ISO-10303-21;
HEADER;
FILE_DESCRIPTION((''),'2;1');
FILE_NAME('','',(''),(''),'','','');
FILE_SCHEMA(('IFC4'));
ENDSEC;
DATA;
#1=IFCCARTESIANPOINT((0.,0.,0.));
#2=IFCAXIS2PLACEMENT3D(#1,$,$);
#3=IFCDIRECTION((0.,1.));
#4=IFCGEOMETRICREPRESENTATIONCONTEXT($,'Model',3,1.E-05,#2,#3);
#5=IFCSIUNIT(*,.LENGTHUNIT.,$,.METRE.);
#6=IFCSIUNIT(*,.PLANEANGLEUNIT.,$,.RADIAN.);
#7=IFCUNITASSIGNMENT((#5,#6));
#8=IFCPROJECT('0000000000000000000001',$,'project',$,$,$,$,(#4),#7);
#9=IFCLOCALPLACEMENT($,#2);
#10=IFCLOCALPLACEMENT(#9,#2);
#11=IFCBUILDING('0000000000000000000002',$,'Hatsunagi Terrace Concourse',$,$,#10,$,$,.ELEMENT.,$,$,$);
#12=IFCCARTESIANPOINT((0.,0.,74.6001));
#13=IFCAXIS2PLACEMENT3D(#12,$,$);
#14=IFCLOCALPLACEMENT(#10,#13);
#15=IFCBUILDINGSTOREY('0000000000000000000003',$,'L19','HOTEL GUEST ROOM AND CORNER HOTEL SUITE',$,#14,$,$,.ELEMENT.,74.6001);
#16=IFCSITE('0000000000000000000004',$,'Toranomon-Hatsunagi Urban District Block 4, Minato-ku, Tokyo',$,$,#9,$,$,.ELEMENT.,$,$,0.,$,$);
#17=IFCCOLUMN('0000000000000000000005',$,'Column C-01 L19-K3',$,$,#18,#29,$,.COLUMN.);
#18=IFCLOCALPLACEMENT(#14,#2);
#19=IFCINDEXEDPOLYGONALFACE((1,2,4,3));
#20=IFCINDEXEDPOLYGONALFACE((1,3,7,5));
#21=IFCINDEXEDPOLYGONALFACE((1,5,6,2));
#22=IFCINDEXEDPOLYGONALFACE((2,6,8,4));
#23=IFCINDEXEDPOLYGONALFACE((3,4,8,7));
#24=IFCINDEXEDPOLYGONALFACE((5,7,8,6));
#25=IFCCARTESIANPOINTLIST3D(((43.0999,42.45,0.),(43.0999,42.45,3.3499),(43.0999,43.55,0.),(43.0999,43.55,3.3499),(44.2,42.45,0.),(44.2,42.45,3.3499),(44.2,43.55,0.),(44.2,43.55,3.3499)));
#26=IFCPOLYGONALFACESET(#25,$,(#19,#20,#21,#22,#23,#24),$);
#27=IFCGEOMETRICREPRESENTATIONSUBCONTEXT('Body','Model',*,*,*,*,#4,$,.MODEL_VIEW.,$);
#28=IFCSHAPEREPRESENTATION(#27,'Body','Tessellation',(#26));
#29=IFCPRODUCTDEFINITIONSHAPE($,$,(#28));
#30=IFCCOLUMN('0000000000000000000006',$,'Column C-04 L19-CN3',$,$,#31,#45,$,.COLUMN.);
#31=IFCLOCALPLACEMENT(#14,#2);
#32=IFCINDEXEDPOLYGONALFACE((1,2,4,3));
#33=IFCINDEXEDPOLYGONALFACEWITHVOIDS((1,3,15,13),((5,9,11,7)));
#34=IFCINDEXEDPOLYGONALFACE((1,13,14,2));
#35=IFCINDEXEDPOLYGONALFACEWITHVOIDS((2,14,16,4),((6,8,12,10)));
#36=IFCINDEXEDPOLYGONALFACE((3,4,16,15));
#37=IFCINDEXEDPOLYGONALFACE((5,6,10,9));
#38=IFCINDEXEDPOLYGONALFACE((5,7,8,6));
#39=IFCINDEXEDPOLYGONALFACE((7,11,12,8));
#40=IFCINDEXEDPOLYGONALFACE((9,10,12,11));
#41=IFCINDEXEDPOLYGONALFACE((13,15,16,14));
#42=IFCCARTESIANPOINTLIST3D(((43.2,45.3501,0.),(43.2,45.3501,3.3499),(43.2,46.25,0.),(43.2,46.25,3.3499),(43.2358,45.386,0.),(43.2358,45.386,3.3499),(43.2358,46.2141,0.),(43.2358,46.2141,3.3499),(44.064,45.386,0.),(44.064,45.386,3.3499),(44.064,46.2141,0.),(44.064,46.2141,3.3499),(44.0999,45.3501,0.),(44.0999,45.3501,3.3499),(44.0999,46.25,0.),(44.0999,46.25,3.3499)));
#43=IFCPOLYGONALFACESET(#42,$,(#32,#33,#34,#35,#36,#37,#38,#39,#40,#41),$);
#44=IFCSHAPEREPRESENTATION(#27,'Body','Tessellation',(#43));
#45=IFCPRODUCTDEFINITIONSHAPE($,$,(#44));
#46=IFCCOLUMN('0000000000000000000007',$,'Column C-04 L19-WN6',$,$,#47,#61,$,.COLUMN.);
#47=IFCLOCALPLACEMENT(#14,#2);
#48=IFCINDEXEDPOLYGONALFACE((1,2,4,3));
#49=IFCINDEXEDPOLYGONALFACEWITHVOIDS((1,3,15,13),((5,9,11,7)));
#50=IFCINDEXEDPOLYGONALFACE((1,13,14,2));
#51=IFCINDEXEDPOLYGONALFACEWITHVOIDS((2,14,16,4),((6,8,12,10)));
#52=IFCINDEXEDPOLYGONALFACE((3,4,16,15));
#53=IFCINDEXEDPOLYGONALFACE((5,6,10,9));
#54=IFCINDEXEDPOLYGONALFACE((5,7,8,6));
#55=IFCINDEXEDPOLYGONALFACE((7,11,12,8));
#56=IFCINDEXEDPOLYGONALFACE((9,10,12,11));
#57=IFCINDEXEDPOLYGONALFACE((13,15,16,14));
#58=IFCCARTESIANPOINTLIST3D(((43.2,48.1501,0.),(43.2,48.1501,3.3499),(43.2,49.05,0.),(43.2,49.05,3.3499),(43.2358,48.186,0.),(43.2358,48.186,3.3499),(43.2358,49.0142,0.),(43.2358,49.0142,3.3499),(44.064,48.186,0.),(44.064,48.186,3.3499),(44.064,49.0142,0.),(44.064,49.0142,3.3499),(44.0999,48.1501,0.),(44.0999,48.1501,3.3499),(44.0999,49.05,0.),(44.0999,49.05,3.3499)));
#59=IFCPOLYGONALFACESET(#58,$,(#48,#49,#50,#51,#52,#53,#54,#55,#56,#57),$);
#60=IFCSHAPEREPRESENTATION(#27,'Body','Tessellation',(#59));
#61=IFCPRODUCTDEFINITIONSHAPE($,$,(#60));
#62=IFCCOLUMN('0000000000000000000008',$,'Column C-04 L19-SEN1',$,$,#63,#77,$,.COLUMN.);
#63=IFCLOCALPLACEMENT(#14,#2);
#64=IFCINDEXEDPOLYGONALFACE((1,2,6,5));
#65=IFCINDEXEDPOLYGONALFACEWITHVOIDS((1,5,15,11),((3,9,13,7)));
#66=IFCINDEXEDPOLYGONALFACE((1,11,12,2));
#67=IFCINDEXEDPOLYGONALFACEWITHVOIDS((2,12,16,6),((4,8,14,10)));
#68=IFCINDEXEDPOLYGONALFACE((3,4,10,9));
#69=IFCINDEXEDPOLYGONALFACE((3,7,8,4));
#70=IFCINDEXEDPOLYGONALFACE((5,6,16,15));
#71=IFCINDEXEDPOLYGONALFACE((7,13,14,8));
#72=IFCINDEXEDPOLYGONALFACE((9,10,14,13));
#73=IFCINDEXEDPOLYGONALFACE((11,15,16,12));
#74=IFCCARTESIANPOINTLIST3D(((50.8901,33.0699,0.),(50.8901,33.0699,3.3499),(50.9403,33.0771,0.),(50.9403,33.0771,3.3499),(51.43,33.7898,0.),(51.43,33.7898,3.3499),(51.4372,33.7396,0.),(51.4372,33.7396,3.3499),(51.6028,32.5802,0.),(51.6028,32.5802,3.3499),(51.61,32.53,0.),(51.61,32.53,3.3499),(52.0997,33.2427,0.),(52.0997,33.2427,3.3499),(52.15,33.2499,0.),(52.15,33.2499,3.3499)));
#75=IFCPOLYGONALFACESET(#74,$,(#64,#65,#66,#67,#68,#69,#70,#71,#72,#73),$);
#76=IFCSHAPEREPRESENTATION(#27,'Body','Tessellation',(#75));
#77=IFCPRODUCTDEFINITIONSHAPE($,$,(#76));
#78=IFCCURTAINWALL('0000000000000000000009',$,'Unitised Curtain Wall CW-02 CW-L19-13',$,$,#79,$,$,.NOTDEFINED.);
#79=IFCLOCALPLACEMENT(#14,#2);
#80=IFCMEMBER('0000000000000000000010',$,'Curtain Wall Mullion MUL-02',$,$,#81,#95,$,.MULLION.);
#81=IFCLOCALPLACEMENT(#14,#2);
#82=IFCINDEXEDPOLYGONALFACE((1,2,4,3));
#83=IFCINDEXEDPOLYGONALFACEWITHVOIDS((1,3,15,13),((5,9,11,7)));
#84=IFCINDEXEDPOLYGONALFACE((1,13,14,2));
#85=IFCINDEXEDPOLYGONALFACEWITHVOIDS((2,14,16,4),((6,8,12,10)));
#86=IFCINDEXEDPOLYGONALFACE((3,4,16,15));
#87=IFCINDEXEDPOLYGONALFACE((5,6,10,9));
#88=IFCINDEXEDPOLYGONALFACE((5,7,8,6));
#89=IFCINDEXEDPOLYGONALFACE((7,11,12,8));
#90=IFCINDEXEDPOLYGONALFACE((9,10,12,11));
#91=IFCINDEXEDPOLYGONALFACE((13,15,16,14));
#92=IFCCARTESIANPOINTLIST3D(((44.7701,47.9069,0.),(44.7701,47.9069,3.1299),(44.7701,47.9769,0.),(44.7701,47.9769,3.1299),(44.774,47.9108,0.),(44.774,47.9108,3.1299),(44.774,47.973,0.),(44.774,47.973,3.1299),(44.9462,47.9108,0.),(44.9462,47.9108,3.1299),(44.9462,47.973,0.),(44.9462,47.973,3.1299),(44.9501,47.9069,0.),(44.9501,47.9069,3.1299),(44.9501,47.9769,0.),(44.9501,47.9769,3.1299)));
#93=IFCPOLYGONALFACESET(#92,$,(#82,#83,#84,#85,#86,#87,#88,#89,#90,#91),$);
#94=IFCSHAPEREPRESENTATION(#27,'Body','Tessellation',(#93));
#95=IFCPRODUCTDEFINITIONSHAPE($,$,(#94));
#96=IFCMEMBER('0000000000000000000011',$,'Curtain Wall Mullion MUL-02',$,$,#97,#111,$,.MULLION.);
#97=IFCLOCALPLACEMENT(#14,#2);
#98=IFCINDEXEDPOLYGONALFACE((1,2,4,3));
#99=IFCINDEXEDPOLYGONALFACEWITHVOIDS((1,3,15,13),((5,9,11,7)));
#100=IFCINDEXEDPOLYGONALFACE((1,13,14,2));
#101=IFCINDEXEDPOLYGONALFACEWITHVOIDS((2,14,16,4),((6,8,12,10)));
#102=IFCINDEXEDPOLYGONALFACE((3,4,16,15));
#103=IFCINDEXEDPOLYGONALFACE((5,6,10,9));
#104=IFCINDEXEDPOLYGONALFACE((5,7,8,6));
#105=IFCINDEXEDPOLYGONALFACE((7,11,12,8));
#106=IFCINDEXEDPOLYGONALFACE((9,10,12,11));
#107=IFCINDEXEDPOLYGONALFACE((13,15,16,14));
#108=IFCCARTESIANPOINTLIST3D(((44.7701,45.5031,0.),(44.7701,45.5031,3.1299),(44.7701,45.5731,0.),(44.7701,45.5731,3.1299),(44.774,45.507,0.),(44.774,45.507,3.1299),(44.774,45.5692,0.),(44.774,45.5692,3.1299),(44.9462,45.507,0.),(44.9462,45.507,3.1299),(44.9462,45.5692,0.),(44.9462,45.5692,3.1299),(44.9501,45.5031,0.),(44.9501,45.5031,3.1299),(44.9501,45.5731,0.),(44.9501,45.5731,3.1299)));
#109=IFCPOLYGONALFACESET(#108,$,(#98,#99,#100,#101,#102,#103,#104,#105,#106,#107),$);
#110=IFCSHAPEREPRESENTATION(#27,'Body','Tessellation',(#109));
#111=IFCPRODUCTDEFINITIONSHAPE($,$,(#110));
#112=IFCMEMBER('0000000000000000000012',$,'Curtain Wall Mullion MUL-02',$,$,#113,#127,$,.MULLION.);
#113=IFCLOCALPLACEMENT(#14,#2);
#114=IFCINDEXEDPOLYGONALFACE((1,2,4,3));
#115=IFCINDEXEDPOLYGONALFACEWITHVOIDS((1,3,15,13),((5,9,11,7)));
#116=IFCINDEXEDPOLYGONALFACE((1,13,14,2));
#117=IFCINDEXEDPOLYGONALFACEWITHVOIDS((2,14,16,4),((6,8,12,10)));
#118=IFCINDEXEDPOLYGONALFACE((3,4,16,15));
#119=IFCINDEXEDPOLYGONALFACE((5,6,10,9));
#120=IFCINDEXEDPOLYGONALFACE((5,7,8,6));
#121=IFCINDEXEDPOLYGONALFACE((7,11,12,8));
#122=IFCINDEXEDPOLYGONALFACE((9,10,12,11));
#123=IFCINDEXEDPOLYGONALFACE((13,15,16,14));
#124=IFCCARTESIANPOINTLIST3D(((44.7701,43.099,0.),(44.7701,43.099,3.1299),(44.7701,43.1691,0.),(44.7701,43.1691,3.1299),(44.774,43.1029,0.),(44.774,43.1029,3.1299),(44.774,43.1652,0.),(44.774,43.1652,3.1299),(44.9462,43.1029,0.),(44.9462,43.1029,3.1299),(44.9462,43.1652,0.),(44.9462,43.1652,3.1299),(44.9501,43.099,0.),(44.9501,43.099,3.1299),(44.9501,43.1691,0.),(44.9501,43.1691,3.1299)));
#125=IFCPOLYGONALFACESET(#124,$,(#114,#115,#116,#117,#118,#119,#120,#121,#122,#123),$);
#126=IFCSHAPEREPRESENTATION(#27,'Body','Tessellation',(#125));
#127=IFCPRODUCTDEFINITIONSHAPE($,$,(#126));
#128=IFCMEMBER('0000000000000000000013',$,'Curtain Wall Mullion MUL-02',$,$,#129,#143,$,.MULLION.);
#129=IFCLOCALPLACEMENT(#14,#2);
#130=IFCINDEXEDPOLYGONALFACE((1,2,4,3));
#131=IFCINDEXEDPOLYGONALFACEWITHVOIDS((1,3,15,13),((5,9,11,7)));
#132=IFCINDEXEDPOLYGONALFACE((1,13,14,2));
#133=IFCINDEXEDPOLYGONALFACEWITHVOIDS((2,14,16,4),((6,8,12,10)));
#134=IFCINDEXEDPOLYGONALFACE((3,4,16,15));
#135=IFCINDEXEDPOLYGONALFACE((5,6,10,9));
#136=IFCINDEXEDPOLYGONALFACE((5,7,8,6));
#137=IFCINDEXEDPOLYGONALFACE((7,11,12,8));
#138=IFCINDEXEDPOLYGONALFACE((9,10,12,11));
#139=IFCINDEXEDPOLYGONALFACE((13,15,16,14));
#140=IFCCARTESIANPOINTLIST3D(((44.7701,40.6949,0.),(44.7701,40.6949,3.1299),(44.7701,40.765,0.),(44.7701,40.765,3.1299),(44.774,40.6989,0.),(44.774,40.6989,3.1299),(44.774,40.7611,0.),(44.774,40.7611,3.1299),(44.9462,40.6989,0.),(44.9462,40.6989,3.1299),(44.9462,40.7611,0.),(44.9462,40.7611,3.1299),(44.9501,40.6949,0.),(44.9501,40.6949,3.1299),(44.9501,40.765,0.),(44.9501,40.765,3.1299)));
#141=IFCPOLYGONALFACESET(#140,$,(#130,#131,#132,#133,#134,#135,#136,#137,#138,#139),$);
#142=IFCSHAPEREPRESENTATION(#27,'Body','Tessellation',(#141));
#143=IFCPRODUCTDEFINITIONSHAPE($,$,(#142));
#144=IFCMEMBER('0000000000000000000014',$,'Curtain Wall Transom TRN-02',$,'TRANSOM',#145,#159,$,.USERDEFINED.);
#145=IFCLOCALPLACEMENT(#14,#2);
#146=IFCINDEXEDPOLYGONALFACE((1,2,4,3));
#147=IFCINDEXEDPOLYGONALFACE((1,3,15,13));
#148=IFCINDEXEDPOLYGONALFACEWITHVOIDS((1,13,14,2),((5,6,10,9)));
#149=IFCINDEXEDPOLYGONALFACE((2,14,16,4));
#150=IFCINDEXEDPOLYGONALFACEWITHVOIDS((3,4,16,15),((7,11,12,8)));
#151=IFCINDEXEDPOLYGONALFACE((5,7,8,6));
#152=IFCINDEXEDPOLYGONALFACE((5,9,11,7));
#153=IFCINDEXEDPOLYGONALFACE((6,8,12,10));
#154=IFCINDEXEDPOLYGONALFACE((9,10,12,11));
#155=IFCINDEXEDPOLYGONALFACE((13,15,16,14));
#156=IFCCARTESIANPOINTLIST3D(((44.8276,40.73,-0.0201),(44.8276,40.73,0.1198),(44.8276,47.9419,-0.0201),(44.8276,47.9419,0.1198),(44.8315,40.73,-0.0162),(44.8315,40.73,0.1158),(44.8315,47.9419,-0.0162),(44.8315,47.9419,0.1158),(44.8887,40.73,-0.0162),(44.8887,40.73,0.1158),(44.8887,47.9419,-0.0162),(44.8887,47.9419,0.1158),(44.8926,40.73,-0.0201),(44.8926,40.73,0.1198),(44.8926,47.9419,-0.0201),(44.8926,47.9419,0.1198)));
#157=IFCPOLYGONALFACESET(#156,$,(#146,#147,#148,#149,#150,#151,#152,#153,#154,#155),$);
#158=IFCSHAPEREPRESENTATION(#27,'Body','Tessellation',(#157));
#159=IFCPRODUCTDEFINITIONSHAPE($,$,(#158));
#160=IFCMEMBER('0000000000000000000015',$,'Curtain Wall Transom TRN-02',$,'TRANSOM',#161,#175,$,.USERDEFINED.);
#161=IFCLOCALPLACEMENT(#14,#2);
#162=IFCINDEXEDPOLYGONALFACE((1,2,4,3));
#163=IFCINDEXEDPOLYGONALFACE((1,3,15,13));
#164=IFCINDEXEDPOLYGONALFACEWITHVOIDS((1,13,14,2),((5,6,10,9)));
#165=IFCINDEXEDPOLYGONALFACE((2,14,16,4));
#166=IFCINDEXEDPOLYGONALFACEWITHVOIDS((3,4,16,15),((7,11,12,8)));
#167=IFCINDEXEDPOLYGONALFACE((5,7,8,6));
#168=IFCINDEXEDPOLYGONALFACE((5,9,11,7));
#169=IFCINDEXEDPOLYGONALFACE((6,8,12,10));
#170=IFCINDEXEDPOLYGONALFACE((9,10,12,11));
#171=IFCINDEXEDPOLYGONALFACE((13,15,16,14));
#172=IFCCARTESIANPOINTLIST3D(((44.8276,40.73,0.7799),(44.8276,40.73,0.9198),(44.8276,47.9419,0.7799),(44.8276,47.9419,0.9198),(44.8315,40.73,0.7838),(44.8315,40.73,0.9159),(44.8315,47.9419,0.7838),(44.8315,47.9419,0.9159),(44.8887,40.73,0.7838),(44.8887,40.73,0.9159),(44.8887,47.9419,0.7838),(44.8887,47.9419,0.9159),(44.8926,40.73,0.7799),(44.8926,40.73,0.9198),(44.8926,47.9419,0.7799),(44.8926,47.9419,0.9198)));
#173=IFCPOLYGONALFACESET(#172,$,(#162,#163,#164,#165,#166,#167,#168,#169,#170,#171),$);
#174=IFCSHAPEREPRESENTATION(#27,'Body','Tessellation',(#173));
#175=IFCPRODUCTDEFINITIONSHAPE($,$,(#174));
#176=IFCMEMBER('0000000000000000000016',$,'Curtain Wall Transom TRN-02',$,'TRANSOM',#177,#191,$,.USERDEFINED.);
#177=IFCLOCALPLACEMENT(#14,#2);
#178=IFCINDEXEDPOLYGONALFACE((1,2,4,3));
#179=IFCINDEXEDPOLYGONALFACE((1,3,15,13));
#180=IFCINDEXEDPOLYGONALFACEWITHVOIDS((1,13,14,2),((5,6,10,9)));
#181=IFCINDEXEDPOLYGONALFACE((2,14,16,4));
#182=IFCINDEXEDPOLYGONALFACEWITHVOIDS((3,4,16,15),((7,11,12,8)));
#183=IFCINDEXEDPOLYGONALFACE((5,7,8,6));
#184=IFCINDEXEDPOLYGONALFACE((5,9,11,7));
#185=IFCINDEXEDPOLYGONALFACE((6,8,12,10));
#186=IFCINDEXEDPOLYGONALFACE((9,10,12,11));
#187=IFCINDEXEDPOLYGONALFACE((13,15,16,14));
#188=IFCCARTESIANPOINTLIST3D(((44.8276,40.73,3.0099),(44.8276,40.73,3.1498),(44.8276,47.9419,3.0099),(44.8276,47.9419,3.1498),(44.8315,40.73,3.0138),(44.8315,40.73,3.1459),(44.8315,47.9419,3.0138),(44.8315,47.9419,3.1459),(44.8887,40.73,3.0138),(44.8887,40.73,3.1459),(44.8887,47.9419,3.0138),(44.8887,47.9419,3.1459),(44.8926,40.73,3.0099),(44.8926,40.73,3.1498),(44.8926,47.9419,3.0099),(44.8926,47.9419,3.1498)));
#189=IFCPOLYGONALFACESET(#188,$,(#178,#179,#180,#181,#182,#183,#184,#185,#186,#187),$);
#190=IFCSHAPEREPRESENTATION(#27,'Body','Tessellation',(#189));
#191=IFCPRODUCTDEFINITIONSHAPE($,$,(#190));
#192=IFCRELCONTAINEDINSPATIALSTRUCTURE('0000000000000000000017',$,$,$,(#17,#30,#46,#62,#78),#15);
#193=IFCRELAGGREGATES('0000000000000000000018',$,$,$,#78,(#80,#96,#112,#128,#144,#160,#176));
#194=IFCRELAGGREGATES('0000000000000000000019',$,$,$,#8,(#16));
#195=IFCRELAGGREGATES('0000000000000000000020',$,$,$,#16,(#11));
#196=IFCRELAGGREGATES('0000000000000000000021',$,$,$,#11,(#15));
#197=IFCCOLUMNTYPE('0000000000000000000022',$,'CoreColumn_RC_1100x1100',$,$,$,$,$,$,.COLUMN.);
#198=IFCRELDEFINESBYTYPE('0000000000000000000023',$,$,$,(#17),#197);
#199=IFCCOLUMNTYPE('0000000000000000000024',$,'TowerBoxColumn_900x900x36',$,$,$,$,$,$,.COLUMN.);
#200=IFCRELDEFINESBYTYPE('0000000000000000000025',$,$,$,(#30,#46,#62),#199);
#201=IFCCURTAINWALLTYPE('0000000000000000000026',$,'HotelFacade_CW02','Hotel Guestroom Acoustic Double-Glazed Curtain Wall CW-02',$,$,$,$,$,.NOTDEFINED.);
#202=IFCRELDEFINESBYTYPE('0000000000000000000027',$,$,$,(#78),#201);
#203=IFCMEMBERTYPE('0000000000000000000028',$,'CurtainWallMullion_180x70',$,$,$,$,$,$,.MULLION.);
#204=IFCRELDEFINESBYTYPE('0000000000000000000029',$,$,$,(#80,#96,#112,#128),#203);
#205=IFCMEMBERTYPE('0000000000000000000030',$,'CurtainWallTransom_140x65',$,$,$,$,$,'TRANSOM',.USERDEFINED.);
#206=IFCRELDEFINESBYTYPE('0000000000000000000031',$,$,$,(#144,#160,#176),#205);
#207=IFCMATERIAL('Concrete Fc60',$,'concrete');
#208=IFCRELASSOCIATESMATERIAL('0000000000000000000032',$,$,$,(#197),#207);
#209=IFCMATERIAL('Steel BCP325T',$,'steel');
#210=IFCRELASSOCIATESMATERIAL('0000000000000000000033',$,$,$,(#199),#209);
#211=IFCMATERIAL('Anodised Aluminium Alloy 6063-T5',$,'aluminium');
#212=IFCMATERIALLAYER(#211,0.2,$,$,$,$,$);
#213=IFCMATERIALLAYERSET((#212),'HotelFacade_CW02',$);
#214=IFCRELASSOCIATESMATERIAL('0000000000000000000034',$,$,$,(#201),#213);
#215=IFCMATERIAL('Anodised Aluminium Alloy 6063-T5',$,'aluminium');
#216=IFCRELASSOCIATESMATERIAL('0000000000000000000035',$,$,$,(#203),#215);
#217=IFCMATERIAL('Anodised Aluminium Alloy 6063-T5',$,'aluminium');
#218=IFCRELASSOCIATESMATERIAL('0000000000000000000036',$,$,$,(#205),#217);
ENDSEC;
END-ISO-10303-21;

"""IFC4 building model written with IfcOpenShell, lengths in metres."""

from ifc_helpers import new_model, si_unit, direction, frame, origin, origin_2d, place, context, subcontext, project, spatial, rectangle, hollow_rectangle, extrude, material, layer, layer_set, material_profile, profile_set, type_object, element, aggregate, save


model = new_model("IFC4")

# Units and contexts
model_context = context("Model", 3, precision=1e-05, world=origin(), true_north=direction((0.0, 1.0)))
body_context = subcontext(model_context, "Body", "Model", "MODEL_VIEW")
ifc_project = project(units=[si_unit("LENGTHUNIT", "METRE"), si_unit("PLANEANGLEUNIT", "RADIAN")], contexts=[model_context])

# Site, building, storey
site_placement = place(None, origin())
site = spatial("IfcSite", under=ifc_project, at=site_placement, Name="Toranomon-Hatsunagi Urban District Block 4, Minato-ku, Tokyo", CompositionType="ELEMENT", RefElevation=0.0)
building_placement = place(site_placement, origin())
building = spatial("IfcBuilding", under=site, at=building_placement, Name="Hatsunagi Terrace Concourse", CompositionType="ELEMENT")
storey_placement = place(building_placement, frame((0.0, 0.0, 74.6001)))
storey = spatial("IfcBuildingStorey", under=building, at=storey_placement, Name="L19", Description="HOTEL GUEST ROOM AND CORNER HOTEL SUITE", CompositionType="ELEMENT", Elevation=74.6001)

# Columns
ifc_material_1 = material(Name="Concrete Fc60", Category="concrete")
ifc_material_profile_1 = material_profile(ifc_material_1, rectangle(XDim=1.1001, YDim=1.1001, at=origin_2d()), Name="RC-1100x1100")
ifc_profile_set_1 = profile_set([ifc_material_profile_1], Name="Concrete Fc60")
column_type_1 = type_object("IfcColumnType", Name="CoreColumn_RC_1100x1100", PredefinedType="COLUMN", material=ifc_profile_set_1)
column_placement = place(storey_placement, frame((43.6499, 43.0, 0.0), z_axis=(0.0, 0.0, 1.0), x_axis=(1.0, 0.0, 0.0)))
element("IfcColumn", 1, at=column_placement, inside=storey, type_object=column_type_1, Name="Column C-01 L19-K3", PredefinedType="COLUMN", context=body_context, shape_type="SweptSolid", body=[
    extrude(rectangle(XDim=1.1001, YDim=1.1001, at=origin_2d()), origin(), (0.0, 0.0, 1.0), 3.3499),
])
ifc_material_2 = material(Name="Steel BCP325T", Category="steel")
ifc_material_profile_2 = material_profile(ifc_material_2, hollow_rectangle(XDim=0.8999, YDim=0.8999, WallThickness=0.0359, at=origin_2d()), Name="BCP-900x900x36")
ifc_profile_set_2 = profile_set([ifc_material_profile_2], Name="Steel BCP325T")
column_type_2 = type_object("IfcColumnType", Name="TowerBoxColumn_900x900x36", PredefinedType="COLUMN", material=ifc_profile_set_2)
for number, where, z_axis, x_axis, name in (
    (2, (43.6499, 45.8, 0.0), (0.0, 0.0, 1.0), (1.0, 0.0, 0.0), "Column C-04 L19-CN3"),
    (3, (43.6499, 48.6001, 0.0), (0.0, 0.0, 1.0), (1.0, 0.0, 0.0), "Column C-04 L19-WN6"),
    (4, (51.52, 33.1599, 0.0), (0.0, 0.0, 1.0), (0.8, -0.6, 0.0), "Column C-04 L19-SEN1"),
):
    element("IfcColumn", number, at=place(storey_placement, frame(where, z_axis=z_axis, x_axis=x_axis)), inside=storey, type_object=column_type_2, Name=name, PredefinedType="COLUMN", context=body_context, shape_type="SweptSolid", body=[
        extrude(hollow_rectangle(XDim=0.8999, YDim=0.8999, WallThickness=0.0359, at=origin_2d()), origin(), (0.0, 0.0, 1.0), 3.3499),
    ])

# Curtain wall, members
ifc_material_3 = material(Name="Anodised Aluminium Alloy 6063-T5", Category="aluminium")
ifc_layer_1 = layer(ifc_material_3, 0.2)
ifc_layer_set_1 = layer_set([ifc_layer_1], Name="HotelFacade_CW02")
curtain_wall_type = type_object("IfcCurtainWallType", Name="HotelFacade_CW02", Description="Hotel Guestroom Acoustic Double-Glazed Curtain Wall CW-02", PredefinedType="NOTDEFINED", material=ifc_layer_set_1)
curtain_wall_placement = place(storey_placement, origin())
curtain_wall = element("IfcCurtainWall", 5, at=curtain_wall_placement, inside=storey, type_object=curtain_wall_type, Name="Unitised Curtain Wall CW-02 CW-L19-13", PredefinedType="NOTDEFINED")
ifc_material_4 = material(Name="Anodised Aluminium Alloy 6063-T5", Category="aluminium")
ifc_material_profile_3 = material_profile(ifc_material_4, hollow_rectangle(XDim=0.0701, YDim=0.1799, WallThickness=0.0039, at=origin_2d()), Name="ALU-MUL-180x70x4")
ifc_profile_set_3 = profile_set([ifc_material_profile_3], Name="Anodised Aluminium Alloy 6063-T5")
member_type_1 = type_object("IfcMemberType", Name="CurtainWallMullion_180x70", PredefinedType="MULLION", material=ifc_profile_set_3)
member_1_placement = place(storey_placement, frame((44.8601, 47.9419, 0.0), z_axis=(0.0, 0.0, 1.0), x_axis=(0.0, -1.0, 0.0)))
member_1 = element("IfcMember", 6, at=member_1_placement, type_object=member_type_1, Name="Curtain Wall Mullion MUL-02", PredefinedType="MULLION", context=body_context, shape_type="SweptSolid", body=[
    extrude(hollow_rectangle(XDim=0.0701, YDim=0.1799, WallThickness=0.0039, at=origin_2d()), origin(), (0.0, 0.0, 1.0), 3.1299),
])
member_2_placement = place(storey_placement, frame((44.8601, 45.5381, 0.0), z_axis=(0.0, 0.0, 1.0), x_axis=(0.0, -1.0, 0.0)))
member_2 = element("IfcMember", 7, at=member_2_placement, type_object=member_type_1, Name="Curtain Wall Mullion MUL-02", PredefinedType="MULLION", context=body_context, shape_type="SweptSolid", body=[
    extrude(hollow_rectangle(XDim=0.0701, YDim=0.1799, WallThickness=0.0039, at=origin_2d()), origin(), (0.0, 0.0, 1.0), 3.1299),
])
member_3_placement = place(storey_placement, frame((44.8601, 43.134, 0.0), z_axis=(0.0, 0.0, 1.0), x_axis=(0.0, -1.0, 0.0)))
member_3 = element("IfcMember", 8, at=member_3_placement, type_object=member_type_1, Name="Curtain Wall Mullion MUL-02", PredefinedType="MULLION", context=body_context, shape_type="SweptSolid", body=[
    extrude(hollow_rectangle(XDim=0.0701, YDim=0.1799, WallThickness=0.0039, at=origin_2d()), origin(), (0.0, 0.0, 1.0), 3.1299),
])
member_4_placement = place(storey_placement, frame((44.8601, 40.73, 0.0), z_axis=(0.0, 0.0, 1.0), x_axis=(0.0, -1.0, 0.0)))
member_4 = element("IfcMember", 9, at=member_4_placement, type_object=member_type_1, Name="Curtain Wall Mullion MUL-02", PredefinedType="MULLION", context=body_context, shape_type="SweptSolid", body=[
    extrude(hollow_rectangle(XDim=0.0701, YDim=0.1799, WallThickness=0.0039, at=origin_2d()), origin(), (0.0, 0.0, 1.0), 3.1299),
])
ifc_material_5 = material(Name="Anodised Aluminium Alloy 6063-T5", Category="aluminium")
ifc_material_profile_4 = material_profile(ifc_material_5, hollow_rectangle(XDim=0.0649, YDim=0.1399, WallThickness=0.0039, at=origin_2d()), Name="ALU-TRN-140x65x4")
ifc_profile_set_4 = profile_set([ifc_material_profile_4], Name="Anodised Aluminium Alloy 6063-T5")
member_type_2 = type_object("IfcMemberType", Name="CurtainWallTransom_140x65", ElementType="TRANSOM", PredefinedType="USERDEFINED", material=ifc_profile_set_4)
member_5_placement = place(storey_placement, frame((44.8601, 47.9419, 0.0498), z_axis=(0.0, -1.0, 0.0), x_axis=(1.0, 0.0, 0.0)))
member_5 = element("IfcMember", 10, at=member_5_placement, type_object=member_type_2, Name="Curtain Wall Transom TRN-02", ObjectType="TRANSOM", PredefinedType="USERDEFINED", context=body_context, shape_type="SweptSolid", body=[
    extrude(hollow_rectangle(XDim=0.0649, YDim=0.1399, WallThickness=0.0039, at=origin_2d()), origin(), (0.0, 0.0, 1.0), 7.2119),
])
member_6_placement = place(storey_placement, frame((44.8601, 47.9419, 0.8499), z_axis=(0.0, -1.0, 0.0), x_axis=(1.0, 0.0, 0.0)))
member_6 = element("IfcMember", 11, at=member_6_placement, type_object=member_type_2, Name="Curtain Wall Transom TRN-02", ObjectType="TRANSOM", PredefinedType="USERDEFINED", context=body_context, shape_type="SweptSolid", body=[
    extrude(hollow_rectangle(XDim=0.0649, YDim=0.1399, WallThickness=0.0039, at=origin_2d()), origin(), (0.0, 0.0, 1.0), 7.2119),
])
member_7_placement = place(storey_placement, frame((44.8601, 47.9419, 3.0798), z_axis=(0.0, -1.0, 0.0), x_axis=(1.0, 0.0, 0.0)))
member_7 = element("IfcMember", 12, at=member_7_placement, type_object=member_type_2, Name="Curtain Wall Transom TRN-02", ObjectType="TRANSOM", PredefinedType="USERDEFINED", context=body_context, shape_type="SweptSolid", body=[
    extrude(hollow_rectangle(XDim=0.0649, YDim=0.1399, WallThickness=0.0039, at=origin_2d()), origin(), (0.0, 0.0, 1.0), 7.2119),
])

aggregate(curtain_wall, [member_1, member_2, member_3, member_4, member_5, member_6, member_7])

save(model, "model.ifc")
